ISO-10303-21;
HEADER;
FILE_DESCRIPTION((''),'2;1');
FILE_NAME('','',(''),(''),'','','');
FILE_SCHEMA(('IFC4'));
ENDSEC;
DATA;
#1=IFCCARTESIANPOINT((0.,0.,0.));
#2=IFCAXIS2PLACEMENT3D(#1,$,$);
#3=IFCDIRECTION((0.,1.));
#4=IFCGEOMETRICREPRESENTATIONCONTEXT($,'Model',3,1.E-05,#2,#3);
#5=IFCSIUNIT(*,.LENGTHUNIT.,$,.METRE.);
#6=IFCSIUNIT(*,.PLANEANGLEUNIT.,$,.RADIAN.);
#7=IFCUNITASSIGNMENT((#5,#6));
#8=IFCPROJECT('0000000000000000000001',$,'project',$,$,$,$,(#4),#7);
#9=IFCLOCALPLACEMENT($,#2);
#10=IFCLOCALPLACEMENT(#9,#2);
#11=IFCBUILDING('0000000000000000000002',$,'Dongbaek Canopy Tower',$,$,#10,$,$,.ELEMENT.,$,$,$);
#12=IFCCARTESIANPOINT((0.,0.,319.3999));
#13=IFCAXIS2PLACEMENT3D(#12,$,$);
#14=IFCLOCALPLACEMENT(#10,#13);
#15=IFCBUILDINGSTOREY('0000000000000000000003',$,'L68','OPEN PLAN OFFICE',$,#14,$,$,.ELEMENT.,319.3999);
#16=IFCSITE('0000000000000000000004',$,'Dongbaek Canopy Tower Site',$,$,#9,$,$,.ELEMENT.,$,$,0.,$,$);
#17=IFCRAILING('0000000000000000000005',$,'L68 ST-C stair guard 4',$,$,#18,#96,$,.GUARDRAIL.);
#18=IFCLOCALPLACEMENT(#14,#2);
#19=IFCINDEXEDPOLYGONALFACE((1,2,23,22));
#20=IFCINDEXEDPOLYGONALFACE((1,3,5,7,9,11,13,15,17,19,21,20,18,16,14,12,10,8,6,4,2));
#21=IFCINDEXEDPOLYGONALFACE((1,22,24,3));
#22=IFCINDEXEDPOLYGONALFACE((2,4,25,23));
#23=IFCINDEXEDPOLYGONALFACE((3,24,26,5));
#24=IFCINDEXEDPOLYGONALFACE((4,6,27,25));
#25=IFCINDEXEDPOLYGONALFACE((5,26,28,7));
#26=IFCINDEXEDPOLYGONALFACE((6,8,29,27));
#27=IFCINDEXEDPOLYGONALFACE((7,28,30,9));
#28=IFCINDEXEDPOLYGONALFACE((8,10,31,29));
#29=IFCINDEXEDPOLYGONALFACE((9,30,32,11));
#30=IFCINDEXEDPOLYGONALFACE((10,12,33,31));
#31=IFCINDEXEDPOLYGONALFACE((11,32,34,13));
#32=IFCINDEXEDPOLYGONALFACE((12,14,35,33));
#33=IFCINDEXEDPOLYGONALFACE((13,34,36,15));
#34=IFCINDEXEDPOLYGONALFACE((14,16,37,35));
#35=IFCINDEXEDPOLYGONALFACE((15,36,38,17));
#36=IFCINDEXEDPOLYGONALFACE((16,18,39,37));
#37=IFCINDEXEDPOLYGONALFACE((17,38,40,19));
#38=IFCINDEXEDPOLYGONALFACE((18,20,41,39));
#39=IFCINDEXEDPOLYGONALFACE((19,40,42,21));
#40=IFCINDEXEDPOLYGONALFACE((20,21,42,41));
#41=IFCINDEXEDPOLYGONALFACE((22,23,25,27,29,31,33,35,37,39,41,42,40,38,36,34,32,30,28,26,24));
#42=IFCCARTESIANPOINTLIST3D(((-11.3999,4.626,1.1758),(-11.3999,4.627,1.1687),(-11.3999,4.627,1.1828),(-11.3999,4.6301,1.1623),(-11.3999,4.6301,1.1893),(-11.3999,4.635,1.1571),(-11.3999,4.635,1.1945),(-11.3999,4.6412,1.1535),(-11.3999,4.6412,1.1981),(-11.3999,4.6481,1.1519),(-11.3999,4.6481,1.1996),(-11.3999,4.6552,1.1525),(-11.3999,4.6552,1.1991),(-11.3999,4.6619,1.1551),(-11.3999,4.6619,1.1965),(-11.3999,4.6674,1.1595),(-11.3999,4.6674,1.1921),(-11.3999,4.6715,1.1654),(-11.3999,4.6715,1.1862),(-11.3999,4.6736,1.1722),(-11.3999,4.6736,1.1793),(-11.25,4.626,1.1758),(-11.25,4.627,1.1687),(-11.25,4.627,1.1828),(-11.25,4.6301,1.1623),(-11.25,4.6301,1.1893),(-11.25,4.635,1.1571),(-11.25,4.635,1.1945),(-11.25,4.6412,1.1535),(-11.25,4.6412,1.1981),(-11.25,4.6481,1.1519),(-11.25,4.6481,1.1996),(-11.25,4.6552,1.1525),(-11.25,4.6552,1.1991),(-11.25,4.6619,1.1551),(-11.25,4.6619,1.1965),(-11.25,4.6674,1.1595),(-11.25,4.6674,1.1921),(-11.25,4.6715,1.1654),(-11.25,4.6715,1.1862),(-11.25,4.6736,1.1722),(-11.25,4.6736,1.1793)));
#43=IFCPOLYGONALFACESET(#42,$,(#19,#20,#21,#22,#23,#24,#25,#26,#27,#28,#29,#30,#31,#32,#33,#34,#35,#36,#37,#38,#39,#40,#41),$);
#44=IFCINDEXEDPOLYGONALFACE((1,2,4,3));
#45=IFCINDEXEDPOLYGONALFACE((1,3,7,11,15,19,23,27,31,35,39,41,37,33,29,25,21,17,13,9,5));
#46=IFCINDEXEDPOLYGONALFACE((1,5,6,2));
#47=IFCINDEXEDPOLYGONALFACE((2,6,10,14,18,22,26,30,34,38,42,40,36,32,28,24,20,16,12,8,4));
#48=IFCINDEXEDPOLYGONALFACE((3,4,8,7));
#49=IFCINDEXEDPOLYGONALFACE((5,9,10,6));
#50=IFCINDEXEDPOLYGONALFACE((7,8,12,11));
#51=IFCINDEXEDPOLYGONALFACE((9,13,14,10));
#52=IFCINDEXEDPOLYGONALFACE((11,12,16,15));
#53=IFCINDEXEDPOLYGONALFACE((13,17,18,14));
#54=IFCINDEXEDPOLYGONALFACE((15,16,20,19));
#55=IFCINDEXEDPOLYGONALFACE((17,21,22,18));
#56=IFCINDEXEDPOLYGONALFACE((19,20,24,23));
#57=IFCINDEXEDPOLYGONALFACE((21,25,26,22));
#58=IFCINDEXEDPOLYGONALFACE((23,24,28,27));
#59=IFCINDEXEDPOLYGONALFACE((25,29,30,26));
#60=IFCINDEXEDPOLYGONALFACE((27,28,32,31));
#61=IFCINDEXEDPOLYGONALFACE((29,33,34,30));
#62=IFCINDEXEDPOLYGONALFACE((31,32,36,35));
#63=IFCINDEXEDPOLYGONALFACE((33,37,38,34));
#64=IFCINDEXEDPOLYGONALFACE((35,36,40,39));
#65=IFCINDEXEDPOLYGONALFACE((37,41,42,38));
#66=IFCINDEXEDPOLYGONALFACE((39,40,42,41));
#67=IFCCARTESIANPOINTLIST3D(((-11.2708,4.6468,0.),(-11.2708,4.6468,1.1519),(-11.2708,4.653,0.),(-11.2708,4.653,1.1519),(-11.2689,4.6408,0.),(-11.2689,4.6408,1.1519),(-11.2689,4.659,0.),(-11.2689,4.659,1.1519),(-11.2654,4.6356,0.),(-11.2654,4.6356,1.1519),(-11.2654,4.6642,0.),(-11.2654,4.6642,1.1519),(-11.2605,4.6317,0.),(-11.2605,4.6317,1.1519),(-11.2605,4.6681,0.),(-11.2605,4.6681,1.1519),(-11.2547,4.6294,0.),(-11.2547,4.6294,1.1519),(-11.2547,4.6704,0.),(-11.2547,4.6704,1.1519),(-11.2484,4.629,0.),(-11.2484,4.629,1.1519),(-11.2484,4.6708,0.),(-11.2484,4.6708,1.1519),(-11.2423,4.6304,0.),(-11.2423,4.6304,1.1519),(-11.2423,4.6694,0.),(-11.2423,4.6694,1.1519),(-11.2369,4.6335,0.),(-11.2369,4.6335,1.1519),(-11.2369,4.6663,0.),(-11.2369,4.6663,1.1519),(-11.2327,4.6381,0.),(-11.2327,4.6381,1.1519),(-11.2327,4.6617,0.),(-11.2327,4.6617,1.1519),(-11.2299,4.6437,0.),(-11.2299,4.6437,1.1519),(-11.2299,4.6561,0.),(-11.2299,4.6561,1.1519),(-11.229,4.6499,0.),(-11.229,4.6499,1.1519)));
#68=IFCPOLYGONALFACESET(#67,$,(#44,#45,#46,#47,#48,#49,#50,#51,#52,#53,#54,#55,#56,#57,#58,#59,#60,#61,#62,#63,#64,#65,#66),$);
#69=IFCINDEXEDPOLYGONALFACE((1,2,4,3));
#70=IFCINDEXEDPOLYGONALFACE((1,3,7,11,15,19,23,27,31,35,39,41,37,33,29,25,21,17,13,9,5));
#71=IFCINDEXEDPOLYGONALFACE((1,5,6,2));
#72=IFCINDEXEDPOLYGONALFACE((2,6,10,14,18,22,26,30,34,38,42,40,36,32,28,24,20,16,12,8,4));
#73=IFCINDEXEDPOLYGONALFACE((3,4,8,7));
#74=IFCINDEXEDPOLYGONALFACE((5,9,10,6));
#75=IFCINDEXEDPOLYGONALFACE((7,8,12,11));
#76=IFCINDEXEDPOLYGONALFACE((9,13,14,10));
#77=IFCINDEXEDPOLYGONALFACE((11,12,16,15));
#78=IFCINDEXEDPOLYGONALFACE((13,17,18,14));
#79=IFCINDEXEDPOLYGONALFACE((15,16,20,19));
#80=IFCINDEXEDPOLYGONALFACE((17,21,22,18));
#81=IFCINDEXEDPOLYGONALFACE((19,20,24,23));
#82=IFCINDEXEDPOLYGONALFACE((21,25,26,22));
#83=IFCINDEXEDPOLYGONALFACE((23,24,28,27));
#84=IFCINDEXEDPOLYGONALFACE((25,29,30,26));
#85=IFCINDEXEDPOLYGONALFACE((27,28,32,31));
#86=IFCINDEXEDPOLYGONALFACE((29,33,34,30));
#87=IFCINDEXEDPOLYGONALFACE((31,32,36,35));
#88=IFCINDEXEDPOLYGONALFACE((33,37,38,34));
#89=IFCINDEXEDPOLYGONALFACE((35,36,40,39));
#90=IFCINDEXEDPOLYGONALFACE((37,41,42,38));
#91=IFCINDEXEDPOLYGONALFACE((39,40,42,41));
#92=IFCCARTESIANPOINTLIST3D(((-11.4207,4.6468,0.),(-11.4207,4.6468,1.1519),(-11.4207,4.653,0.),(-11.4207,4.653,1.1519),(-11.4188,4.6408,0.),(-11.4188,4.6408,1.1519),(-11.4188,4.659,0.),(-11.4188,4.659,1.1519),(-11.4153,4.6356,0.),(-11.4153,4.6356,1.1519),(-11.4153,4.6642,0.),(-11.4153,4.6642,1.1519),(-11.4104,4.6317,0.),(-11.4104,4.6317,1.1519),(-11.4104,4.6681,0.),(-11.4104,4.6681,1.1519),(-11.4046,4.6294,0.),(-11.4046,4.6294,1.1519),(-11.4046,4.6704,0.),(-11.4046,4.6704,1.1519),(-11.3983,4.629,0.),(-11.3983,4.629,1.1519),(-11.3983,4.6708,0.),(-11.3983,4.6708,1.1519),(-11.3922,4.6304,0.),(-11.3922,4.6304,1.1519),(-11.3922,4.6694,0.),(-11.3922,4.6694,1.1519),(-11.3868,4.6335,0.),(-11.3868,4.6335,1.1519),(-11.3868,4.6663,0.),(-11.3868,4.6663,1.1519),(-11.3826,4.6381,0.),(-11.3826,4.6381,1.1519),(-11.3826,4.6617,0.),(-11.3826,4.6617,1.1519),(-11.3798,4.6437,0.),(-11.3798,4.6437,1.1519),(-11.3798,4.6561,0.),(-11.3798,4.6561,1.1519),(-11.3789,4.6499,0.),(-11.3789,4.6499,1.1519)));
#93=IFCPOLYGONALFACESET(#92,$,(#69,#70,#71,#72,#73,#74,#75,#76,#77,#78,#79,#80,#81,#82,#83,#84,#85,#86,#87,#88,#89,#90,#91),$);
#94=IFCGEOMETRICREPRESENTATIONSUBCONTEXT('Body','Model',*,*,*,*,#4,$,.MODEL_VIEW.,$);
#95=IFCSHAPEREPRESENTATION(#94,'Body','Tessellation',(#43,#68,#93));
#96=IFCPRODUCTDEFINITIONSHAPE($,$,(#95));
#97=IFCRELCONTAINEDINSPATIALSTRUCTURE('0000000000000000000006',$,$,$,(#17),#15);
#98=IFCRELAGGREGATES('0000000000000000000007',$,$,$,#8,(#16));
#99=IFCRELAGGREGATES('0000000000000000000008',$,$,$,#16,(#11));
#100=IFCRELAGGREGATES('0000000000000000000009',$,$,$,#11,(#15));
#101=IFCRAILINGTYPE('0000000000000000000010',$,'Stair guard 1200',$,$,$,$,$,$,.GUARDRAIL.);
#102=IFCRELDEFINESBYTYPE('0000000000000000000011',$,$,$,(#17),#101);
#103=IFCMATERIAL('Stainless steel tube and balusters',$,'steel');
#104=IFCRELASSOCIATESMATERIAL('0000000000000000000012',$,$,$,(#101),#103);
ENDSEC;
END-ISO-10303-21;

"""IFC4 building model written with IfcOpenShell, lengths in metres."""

from ifc_helpers import new_model, si_unit, direction, frame, origin, origin_2d, place, context, subcontext, project, spatial, circle, extrude, material, type_object, element, save


model = new_model("IFC4")

# Units and contexts
model_context = context("Model", 3, precision=1e-05, world=origin(), true_north=direction((0.0, 1.0)))
body_context = subcontext(model_context, "Body", "Model", "MODEL_VIEW")
ifc_project = project(units=[si_unit("LENGTHUNIT", "METRE"), si_unit("PLANEANGLEUNIT", "RADIAN")], contexts=[model_context])

# Site, building, storey
site_placement = place(None, origin())
site = spatial("IfcSite", under=ifc_project, at=site_placement, Name="Dongbaek Canopy Tower Site", CompositionType="ELEMENT", RefElevation=0.0)
building_placement = place(site_placement, origin())
building = spatial("IfcBuilding", under=site, at=building_placement, Name="Dongbaek Canopy Tower", CompositionType="ELEMENT")
storey_placement = place(building_placement, frame((0.0, 0.0, 319.3999)))
storey = spatial("IfcBuildingStorey", under=building, at=storey_placement, Name="L68", Description="OPEN PLAN OFFICE", CompositionType="ELEMENT", Elevation=319.3999)

# Railing
ifc_material_1 = material(Name="Stainless steel tube and balusters", Category="steel")
railing_type_1 = type_object("IfcRailingType", Name="Stair guard 1200", PredefinedType="GUARDRAIL", material=ifc_material_1)
railing_1_placement = place(storey_placement, frame((-11.25, 4.6499, 0.0)))
element("IfcRailing", 1, at=railing_1_placement, inside=storey, type_object=railing_type_1, Name="L68 ST-C stair guard 4", PredefinedType="GUARDRAIL", context=body_context, shape_type="SweptSolid", body=[
    extrude(circle(Radius=0.0239, at=origin_2d()), frame((0.0, 0.0, 1.1758), z_axis=(-1.0, 0.0, 0.0), x_axis=(0.0, -1.0, 0.0)), (0.0, 0.0, 1.0), 0.1499),
    extrude(circle(Radius=0.021, at=origin_2d()), origin(), (0.0, 0.0, 1.0), 1.1519),
    extrude(circle(Radius=0.021, at=origin_2d()), frame((-0.1499, 0.0, 0.0)), (0.0, 0.0, 1.0), 1.1519),
])

save(model, "model.ifc")
